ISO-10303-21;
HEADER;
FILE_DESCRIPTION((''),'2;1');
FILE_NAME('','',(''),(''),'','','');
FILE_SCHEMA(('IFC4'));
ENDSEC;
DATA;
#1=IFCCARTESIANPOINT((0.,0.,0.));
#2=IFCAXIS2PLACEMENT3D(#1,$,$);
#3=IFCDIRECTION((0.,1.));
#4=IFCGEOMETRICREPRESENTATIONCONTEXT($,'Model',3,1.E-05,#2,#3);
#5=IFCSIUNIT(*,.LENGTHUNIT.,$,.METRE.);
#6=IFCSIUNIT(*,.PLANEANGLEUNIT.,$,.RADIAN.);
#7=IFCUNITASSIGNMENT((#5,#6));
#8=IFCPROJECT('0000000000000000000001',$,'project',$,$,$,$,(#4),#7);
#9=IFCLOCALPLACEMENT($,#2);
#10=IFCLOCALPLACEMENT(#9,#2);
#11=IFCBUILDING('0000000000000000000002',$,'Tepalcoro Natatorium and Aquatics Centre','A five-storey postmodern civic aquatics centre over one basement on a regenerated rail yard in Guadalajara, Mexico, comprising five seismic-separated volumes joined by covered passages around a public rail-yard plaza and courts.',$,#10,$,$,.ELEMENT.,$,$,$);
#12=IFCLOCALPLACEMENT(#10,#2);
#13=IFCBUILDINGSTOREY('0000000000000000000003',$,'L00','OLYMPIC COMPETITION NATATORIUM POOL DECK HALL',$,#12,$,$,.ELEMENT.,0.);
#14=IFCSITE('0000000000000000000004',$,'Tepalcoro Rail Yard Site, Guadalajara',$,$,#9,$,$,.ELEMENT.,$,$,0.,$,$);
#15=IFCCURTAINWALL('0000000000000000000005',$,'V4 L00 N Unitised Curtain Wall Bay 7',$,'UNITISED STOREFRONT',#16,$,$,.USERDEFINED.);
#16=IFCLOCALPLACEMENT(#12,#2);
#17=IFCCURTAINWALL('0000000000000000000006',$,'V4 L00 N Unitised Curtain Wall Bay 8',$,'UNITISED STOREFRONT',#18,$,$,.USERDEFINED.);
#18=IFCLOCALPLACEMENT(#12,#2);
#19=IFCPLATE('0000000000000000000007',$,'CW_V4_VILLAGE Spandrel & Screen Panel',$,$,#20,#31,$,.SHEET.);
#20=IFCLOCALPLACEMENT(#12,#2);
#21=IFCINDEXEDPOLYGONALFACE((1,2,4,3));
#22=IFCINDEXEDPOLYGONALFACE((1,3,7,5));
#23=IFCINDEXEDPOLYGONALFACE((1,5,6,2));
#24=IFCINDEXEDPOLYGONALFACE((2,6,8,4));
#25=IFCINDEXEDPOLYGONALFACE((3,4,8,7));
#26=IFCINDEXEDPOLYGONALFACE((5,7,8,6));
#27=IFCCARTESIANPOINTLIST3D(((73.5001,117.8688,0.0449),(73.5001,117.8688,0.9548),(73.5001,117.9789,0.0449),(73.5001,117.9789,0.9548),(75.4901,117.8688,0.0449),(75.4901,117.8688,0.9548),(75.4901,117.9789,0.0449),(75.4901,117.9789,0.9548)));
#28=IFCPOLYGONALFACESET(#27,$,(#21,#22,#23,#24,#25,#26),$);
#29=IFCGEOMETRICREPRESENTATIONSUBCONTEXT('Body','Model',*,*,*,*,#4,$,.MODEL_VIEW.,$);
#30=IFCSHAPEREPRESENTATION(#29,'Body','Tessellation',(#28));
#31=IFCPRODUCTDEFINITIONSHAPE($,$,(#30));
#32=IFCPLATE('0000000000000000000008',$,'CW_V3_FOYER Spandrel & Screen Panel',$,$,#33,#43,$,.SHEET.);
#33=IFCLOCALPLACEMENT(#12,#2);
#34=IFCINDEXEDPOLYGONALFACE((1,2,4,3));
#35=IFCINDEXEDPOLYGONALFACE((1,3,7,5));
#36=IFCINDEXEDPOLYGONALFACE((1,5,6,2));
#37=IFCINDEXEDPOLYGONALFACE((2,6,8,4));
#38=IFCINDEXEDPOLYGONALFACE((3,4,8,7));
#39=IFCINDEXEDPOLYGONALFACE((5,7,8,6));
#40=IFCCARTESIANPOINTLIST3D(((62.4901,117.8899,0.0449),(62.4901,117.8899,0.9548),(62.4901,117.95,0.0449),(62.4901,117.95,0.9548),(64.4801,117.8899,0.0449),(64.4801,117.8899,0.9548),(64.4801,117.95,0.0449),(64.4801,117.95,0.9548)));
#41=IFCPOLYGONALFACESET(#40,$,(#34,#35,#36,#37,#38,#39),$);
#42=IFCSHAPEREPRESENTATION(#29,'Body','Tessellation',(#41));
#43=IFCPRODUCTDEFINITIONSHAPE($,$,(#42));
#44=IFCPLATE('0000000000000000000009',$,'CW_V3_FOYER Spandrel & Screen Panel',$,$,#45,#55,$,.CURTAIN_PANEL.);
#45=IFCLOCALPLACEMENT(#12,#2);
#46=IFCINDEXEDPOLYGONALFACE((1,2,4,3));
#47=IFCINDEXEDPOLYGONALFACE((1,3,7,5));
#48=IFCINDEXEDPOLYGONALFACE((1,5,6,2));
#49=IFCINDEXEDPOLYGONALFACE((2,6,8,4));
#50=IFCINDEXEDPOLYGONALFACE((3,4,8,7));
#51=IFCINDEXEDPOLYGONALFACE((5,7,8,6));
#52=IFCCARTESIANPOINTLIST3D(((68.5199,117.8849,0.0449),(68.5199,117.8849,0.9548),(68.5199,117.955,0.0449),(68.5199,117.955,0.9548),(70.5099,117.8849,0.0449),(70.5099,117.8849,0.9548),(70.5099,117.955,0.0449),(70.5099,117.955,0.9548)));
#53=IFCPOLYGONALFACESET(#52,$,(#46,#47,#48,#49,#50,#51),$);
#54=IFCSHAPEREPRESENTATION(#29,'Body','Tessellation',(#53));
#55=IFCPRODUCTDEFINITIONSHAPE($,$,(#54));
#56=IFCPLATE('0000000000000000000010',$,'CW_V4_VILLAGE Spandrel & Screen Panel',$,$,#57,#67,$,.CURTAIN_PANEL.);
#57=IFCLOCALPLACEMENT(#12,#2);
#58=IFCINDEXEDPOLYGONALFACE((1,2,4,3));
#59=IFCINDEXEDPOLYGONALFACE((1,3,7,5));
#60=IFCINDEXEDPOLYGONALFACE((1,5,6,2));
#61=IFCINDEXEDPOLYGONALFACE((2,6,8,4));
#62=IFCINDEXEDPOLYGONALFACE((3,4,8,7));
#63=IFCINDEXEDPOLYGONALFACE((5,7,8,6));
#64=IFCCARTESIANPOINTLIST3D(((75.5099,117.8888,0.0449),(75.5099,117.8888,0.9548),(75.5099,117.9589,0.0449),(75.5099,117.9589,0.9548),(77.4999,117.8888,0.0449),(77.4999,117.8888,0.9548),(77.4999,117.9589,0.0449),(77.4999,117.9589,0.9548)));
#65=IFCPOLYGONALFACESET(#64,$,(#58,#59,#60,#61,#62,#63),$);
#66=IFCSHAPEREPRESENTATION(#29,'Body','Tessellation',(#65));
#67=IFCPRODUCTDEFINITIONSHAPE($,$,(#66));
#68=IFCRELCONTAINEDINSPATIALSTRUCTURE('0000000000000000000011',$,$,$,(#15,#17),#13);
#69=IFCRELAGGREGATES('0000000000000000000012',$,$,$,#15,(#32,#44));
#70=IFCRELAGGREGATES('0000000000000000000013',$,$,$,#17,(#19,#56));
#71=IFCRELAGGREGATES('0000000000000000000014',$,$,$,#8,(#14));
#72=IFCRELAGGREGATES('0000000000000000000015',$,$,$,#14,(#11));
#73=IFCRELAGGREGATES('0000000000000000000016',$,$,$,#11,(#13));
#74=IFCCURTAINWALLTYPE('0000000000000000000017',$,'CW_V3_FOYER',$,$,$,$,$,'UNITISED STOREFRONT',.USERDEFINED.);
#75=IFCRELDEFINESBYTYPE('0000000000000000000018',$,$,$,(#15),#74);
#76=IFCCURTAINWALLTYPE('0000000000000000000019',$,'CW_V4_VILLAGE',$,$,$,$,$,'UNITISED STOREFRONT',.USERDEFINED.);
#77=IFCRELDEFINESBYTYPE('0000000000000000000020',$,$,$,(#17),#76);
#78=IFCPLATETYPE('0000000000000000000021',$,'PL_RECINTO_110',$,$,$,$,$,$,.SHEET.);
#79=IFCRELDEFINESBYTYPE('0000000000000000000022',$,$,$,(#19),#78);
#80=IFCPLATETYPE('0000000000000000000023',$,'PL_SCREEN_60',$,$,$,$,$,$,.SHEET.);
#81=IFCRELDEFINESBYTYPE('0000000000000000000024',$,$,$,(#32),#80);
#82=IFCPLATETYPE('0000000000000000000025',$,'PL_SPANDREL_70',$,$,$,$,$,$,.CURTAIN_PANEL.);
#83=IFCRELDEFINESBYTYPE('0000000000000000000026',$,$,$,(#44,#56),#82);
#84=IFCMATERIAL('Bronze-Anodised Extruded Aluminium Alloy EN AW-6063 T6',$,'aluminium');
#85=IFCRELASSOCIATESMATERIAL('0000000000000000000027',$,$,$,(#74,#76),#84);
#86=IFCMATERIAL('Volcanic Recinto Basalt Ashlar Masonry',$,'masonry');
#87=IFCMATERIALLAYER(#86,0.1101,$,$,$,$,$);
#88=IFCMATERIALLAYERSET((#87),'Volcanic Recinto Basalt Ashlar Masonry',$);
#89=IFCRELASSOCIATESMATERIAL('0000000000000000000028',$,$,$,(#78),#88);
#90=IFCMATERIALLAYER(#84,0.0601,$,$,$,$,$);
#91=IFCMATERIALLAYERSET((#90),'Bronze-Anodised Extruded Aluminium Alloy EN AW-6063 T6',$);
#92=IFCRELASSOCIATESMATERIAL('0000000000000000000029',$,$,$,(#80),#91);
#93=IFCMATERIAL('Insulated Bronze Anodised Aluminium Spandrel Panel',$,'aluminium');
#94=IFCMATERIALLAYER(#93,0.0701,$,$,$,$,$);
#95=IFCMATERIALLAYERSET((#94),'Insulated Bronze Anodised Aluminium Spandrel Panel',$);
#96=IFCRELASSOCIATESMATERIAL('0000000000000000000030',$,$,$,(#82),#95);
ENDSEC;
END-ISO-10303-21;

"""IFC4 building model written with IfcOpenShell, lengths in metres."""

from ifc_helpers import new_model, si_unit, direction, frame, origin, origin_2d, place, context, subcontext, project, spatial, rectangle, extrude, material, layer, layer_set, type_object, element, aggregate, save


model = new_model("IFC4")

# Units and contexts
model_context = context("Model", 3, precision=1e-05, world=origin(), true_north=direction((0.0, 1.0)))
body_context = subcontext(model_context, "Body", "Model", "MODEL_VIEW")
ifc_project = project(units=[si_unit("LENGTHUNIT", "METRE"), si_unit("PLANEANGLEUNIT", "RADIAN")], contexts=[model_context])

# Site, building, storey
site_placement = place(None, origin())
site = spatial("IfcSite", under=ifc_project, at=site_placement, Name="Tepalcoro Rail Yard Site, Guadalajara", CompositionType="ELEMENT", RefElevation=0.0)
building_placement = place(site_placement, origin())
building = spatial("IfcBuilding", under=site, at=building_placement, Name="Tepalcoro Natatorium and Aquatics Centre", Description="A five-storey postmodern civic aquatics centre over one basement on a regenerated rail yard in Guadalajara, Mexico, comprising five seismic-separated volumes joined by covered passages around a public rail-yard plaza and courts.", CompositionType="ELEMENT")
storey_placement = place(building_placement, origin())
storey = spatial("IfcBuildingStorey", under=building, at=storey_placement, Name="L00", Description="OLYMPIC COMPETITION NATATORIUM POOL DECK HALL", CompositionType="ELEMENT", Elevation=0.0)

# Curtain walls
ifc_material_1 = material(Name="Bronze-Anodised Extruded Aluminium Alloy EN AW-6063 T6", Category="aluminium")
curtain_wall_type_1 = type_object("IfcCurtainWallType", Name="CW_V3_FOYER", ElementType="UNITISED STOREFRONT", PredefinedType="USERDEFINED", material=ifc_material_1)
curtain_wall_1_placement = place(storey_placement, origin())
curtain_wall_1 = element("IfcCurtainWall", 1, at=curtain_wall_1_placement, inside=storey, type_object=curtain_wall_type_1, Name="V4 L00 N Unitised Curtain Wall Bay 7", ObjectType="UNITISED STOREFRONT", PredefinedType="USERDEFINED")
curtain_wall_type_2 = type_object("IfcCurtainWallType", Name="CW_V4_VILLAGE", ElementType="UNITISED STOREFRONT", PredefinedType="USERDEFINED", material=ifc_material_1)
curtain_wall_2_placement = place(storey_placement, origin())
curtain_wall_2 = element("IfcCurtainWall", 2, at=curtain_wall_2_placement, inside=storey, type_object=curtain_wall_type_2, Name="V4 L00 N Unitised Curtain Wall Bay 8", ObjectType="UNITISED STOREFRONT", PredefinedType="USERDEFINED")

# Plates
ifc_material_2 = material(Name="Volcanic Recinto Basalt Ashlar Masonry", Category="masonry")
ifc_layer_1 = layer(ifc_material_2, 0.1101)
ifc_layer_set_1 = layer_set([ifc_layer_1], Name="Volcanic Recinto Basalt Ashlar Masonry")
plate_type_1 = type_object("IfcPlateType", Name="PL_RECINTO_110", PredefinedType="SHEET", material=ifc_layer_set_1)
plate_1_placement = place(storey_placement, frame((74.4951, 117.9238, 0.0449), z_axis=(0.0, 0.0, 1.0), x_axis=(1.0, 0.0, 0.0)))
plate_1 = element("IfcPlate", 3, at=plate_1_placement, type_object=plate_type_1, Name="CW_V4_VILLAGE Spandrel & Screen Panel", PredefinedType="SHEET", context=body_context, shape_type="SweptSolid", body=[
    extrude(rectangle(XDim=1.99, YDim=0.1101, at=origin_2d()), origin(), (0.0, 0.0, 1.0), 0.9099),
])
ifc_layer_2 = layer(ifc_material_1, 0.0601)
ifc_layer_set_2 = layer_set([ifc_layer_2], Name="Bronze-Anodised Extruded Aluminium Alloy EN AW-6063 T6")
plate_type_2 = type_object("IfcPlateType", Name="PL_SCREEN_60", PredefinedType="SHEET", material=ifc_layer_set_2)
plate_2_placement = place(storey_placement, frame((63.4851, 117.9199, 0.0449), z_axis=(0.0, 0.0, 1.0), x_axis=(1.0, 0.0, 0.0)))
plate_2 = element("IfcPlate", 4, at=plate_2_placement, type_object=plate_type_2, Name="CW_V3_FOYER Spandrel & Screen Panel", PredefinedType="SHEET", context=body_context, shape_type="SweptSolid", body=[
    extrude(rectangle(XDim=1.99, YDim=0.0601, at=origin_2d()), origin(), (0.0, 0.0, 1.0), 0.9099),
])
ifc_material_3 = material(Name="Insulated Bronze Anodised Aluminium Spandrel Panel", Category="aluminium")
ifc_layer_3 = layer(ifc_material_3, 0.0701)
ifc_layer_set_3 = layer_set([ifc_layer_3], Name="Insulated Bronze Anodised Aluminium Spandrel Panel")
plate_type_3 = type_object("IfcPlateType", Name="PL_SPANDREL_70", PredefinedType="CURTAIN_PANEL", material=ifc_layer_set_3)
plate_3_placement = place(storey_placement, frame((69.5149, 117.9199, 0.0449), z_axis=(0.0, 0.0, 1.0), x_axis=(1.0, 0.0, 0.0)))
plate_3 = element("IfcPlate", 5, at=plate_3_placement, type_object=plate_type_3, Name="CW_V3_FOYER Spandrel & Screen Panel", PredefinedType="CURTAIN_PANEL", context=body_context, shape_type="SweptSolid", body=[
    extrude(rectangle(XDim=1.99, YDim=0.0701, at=origin_2d()), origin(), (0.0, 0.0, 1.0), 0.9099),
])
aggregate(curtain_wall_1, [plate_2, plate_3])
plate_4_placement = place(storey_placement, frame((76.5049, 117.9238, 0.0449), z_axis=(0.0, 0.0, 1.0), x_axis=(1.0, 0.0, 0.0)))
plate_4 = element("IfcPlate", 6, at=plate_4_placement, type_object=plate_type_3, Name="CW_V4_VILLAGE Spandrel & Screen Panel", PredefinedType="CURTAIN_PANEL", context=body_context, shape_type="SweptSolid", body=[
    extrude(rectangle(XDim=1.99, YDim=0.0701, at=origin_2d()), origin(), (0.0, 0.0, 1.0), 0.9099),
])
aggregate(curtain_wall_2, [plate_1, plate_4])

save(model, "model.ifc")
